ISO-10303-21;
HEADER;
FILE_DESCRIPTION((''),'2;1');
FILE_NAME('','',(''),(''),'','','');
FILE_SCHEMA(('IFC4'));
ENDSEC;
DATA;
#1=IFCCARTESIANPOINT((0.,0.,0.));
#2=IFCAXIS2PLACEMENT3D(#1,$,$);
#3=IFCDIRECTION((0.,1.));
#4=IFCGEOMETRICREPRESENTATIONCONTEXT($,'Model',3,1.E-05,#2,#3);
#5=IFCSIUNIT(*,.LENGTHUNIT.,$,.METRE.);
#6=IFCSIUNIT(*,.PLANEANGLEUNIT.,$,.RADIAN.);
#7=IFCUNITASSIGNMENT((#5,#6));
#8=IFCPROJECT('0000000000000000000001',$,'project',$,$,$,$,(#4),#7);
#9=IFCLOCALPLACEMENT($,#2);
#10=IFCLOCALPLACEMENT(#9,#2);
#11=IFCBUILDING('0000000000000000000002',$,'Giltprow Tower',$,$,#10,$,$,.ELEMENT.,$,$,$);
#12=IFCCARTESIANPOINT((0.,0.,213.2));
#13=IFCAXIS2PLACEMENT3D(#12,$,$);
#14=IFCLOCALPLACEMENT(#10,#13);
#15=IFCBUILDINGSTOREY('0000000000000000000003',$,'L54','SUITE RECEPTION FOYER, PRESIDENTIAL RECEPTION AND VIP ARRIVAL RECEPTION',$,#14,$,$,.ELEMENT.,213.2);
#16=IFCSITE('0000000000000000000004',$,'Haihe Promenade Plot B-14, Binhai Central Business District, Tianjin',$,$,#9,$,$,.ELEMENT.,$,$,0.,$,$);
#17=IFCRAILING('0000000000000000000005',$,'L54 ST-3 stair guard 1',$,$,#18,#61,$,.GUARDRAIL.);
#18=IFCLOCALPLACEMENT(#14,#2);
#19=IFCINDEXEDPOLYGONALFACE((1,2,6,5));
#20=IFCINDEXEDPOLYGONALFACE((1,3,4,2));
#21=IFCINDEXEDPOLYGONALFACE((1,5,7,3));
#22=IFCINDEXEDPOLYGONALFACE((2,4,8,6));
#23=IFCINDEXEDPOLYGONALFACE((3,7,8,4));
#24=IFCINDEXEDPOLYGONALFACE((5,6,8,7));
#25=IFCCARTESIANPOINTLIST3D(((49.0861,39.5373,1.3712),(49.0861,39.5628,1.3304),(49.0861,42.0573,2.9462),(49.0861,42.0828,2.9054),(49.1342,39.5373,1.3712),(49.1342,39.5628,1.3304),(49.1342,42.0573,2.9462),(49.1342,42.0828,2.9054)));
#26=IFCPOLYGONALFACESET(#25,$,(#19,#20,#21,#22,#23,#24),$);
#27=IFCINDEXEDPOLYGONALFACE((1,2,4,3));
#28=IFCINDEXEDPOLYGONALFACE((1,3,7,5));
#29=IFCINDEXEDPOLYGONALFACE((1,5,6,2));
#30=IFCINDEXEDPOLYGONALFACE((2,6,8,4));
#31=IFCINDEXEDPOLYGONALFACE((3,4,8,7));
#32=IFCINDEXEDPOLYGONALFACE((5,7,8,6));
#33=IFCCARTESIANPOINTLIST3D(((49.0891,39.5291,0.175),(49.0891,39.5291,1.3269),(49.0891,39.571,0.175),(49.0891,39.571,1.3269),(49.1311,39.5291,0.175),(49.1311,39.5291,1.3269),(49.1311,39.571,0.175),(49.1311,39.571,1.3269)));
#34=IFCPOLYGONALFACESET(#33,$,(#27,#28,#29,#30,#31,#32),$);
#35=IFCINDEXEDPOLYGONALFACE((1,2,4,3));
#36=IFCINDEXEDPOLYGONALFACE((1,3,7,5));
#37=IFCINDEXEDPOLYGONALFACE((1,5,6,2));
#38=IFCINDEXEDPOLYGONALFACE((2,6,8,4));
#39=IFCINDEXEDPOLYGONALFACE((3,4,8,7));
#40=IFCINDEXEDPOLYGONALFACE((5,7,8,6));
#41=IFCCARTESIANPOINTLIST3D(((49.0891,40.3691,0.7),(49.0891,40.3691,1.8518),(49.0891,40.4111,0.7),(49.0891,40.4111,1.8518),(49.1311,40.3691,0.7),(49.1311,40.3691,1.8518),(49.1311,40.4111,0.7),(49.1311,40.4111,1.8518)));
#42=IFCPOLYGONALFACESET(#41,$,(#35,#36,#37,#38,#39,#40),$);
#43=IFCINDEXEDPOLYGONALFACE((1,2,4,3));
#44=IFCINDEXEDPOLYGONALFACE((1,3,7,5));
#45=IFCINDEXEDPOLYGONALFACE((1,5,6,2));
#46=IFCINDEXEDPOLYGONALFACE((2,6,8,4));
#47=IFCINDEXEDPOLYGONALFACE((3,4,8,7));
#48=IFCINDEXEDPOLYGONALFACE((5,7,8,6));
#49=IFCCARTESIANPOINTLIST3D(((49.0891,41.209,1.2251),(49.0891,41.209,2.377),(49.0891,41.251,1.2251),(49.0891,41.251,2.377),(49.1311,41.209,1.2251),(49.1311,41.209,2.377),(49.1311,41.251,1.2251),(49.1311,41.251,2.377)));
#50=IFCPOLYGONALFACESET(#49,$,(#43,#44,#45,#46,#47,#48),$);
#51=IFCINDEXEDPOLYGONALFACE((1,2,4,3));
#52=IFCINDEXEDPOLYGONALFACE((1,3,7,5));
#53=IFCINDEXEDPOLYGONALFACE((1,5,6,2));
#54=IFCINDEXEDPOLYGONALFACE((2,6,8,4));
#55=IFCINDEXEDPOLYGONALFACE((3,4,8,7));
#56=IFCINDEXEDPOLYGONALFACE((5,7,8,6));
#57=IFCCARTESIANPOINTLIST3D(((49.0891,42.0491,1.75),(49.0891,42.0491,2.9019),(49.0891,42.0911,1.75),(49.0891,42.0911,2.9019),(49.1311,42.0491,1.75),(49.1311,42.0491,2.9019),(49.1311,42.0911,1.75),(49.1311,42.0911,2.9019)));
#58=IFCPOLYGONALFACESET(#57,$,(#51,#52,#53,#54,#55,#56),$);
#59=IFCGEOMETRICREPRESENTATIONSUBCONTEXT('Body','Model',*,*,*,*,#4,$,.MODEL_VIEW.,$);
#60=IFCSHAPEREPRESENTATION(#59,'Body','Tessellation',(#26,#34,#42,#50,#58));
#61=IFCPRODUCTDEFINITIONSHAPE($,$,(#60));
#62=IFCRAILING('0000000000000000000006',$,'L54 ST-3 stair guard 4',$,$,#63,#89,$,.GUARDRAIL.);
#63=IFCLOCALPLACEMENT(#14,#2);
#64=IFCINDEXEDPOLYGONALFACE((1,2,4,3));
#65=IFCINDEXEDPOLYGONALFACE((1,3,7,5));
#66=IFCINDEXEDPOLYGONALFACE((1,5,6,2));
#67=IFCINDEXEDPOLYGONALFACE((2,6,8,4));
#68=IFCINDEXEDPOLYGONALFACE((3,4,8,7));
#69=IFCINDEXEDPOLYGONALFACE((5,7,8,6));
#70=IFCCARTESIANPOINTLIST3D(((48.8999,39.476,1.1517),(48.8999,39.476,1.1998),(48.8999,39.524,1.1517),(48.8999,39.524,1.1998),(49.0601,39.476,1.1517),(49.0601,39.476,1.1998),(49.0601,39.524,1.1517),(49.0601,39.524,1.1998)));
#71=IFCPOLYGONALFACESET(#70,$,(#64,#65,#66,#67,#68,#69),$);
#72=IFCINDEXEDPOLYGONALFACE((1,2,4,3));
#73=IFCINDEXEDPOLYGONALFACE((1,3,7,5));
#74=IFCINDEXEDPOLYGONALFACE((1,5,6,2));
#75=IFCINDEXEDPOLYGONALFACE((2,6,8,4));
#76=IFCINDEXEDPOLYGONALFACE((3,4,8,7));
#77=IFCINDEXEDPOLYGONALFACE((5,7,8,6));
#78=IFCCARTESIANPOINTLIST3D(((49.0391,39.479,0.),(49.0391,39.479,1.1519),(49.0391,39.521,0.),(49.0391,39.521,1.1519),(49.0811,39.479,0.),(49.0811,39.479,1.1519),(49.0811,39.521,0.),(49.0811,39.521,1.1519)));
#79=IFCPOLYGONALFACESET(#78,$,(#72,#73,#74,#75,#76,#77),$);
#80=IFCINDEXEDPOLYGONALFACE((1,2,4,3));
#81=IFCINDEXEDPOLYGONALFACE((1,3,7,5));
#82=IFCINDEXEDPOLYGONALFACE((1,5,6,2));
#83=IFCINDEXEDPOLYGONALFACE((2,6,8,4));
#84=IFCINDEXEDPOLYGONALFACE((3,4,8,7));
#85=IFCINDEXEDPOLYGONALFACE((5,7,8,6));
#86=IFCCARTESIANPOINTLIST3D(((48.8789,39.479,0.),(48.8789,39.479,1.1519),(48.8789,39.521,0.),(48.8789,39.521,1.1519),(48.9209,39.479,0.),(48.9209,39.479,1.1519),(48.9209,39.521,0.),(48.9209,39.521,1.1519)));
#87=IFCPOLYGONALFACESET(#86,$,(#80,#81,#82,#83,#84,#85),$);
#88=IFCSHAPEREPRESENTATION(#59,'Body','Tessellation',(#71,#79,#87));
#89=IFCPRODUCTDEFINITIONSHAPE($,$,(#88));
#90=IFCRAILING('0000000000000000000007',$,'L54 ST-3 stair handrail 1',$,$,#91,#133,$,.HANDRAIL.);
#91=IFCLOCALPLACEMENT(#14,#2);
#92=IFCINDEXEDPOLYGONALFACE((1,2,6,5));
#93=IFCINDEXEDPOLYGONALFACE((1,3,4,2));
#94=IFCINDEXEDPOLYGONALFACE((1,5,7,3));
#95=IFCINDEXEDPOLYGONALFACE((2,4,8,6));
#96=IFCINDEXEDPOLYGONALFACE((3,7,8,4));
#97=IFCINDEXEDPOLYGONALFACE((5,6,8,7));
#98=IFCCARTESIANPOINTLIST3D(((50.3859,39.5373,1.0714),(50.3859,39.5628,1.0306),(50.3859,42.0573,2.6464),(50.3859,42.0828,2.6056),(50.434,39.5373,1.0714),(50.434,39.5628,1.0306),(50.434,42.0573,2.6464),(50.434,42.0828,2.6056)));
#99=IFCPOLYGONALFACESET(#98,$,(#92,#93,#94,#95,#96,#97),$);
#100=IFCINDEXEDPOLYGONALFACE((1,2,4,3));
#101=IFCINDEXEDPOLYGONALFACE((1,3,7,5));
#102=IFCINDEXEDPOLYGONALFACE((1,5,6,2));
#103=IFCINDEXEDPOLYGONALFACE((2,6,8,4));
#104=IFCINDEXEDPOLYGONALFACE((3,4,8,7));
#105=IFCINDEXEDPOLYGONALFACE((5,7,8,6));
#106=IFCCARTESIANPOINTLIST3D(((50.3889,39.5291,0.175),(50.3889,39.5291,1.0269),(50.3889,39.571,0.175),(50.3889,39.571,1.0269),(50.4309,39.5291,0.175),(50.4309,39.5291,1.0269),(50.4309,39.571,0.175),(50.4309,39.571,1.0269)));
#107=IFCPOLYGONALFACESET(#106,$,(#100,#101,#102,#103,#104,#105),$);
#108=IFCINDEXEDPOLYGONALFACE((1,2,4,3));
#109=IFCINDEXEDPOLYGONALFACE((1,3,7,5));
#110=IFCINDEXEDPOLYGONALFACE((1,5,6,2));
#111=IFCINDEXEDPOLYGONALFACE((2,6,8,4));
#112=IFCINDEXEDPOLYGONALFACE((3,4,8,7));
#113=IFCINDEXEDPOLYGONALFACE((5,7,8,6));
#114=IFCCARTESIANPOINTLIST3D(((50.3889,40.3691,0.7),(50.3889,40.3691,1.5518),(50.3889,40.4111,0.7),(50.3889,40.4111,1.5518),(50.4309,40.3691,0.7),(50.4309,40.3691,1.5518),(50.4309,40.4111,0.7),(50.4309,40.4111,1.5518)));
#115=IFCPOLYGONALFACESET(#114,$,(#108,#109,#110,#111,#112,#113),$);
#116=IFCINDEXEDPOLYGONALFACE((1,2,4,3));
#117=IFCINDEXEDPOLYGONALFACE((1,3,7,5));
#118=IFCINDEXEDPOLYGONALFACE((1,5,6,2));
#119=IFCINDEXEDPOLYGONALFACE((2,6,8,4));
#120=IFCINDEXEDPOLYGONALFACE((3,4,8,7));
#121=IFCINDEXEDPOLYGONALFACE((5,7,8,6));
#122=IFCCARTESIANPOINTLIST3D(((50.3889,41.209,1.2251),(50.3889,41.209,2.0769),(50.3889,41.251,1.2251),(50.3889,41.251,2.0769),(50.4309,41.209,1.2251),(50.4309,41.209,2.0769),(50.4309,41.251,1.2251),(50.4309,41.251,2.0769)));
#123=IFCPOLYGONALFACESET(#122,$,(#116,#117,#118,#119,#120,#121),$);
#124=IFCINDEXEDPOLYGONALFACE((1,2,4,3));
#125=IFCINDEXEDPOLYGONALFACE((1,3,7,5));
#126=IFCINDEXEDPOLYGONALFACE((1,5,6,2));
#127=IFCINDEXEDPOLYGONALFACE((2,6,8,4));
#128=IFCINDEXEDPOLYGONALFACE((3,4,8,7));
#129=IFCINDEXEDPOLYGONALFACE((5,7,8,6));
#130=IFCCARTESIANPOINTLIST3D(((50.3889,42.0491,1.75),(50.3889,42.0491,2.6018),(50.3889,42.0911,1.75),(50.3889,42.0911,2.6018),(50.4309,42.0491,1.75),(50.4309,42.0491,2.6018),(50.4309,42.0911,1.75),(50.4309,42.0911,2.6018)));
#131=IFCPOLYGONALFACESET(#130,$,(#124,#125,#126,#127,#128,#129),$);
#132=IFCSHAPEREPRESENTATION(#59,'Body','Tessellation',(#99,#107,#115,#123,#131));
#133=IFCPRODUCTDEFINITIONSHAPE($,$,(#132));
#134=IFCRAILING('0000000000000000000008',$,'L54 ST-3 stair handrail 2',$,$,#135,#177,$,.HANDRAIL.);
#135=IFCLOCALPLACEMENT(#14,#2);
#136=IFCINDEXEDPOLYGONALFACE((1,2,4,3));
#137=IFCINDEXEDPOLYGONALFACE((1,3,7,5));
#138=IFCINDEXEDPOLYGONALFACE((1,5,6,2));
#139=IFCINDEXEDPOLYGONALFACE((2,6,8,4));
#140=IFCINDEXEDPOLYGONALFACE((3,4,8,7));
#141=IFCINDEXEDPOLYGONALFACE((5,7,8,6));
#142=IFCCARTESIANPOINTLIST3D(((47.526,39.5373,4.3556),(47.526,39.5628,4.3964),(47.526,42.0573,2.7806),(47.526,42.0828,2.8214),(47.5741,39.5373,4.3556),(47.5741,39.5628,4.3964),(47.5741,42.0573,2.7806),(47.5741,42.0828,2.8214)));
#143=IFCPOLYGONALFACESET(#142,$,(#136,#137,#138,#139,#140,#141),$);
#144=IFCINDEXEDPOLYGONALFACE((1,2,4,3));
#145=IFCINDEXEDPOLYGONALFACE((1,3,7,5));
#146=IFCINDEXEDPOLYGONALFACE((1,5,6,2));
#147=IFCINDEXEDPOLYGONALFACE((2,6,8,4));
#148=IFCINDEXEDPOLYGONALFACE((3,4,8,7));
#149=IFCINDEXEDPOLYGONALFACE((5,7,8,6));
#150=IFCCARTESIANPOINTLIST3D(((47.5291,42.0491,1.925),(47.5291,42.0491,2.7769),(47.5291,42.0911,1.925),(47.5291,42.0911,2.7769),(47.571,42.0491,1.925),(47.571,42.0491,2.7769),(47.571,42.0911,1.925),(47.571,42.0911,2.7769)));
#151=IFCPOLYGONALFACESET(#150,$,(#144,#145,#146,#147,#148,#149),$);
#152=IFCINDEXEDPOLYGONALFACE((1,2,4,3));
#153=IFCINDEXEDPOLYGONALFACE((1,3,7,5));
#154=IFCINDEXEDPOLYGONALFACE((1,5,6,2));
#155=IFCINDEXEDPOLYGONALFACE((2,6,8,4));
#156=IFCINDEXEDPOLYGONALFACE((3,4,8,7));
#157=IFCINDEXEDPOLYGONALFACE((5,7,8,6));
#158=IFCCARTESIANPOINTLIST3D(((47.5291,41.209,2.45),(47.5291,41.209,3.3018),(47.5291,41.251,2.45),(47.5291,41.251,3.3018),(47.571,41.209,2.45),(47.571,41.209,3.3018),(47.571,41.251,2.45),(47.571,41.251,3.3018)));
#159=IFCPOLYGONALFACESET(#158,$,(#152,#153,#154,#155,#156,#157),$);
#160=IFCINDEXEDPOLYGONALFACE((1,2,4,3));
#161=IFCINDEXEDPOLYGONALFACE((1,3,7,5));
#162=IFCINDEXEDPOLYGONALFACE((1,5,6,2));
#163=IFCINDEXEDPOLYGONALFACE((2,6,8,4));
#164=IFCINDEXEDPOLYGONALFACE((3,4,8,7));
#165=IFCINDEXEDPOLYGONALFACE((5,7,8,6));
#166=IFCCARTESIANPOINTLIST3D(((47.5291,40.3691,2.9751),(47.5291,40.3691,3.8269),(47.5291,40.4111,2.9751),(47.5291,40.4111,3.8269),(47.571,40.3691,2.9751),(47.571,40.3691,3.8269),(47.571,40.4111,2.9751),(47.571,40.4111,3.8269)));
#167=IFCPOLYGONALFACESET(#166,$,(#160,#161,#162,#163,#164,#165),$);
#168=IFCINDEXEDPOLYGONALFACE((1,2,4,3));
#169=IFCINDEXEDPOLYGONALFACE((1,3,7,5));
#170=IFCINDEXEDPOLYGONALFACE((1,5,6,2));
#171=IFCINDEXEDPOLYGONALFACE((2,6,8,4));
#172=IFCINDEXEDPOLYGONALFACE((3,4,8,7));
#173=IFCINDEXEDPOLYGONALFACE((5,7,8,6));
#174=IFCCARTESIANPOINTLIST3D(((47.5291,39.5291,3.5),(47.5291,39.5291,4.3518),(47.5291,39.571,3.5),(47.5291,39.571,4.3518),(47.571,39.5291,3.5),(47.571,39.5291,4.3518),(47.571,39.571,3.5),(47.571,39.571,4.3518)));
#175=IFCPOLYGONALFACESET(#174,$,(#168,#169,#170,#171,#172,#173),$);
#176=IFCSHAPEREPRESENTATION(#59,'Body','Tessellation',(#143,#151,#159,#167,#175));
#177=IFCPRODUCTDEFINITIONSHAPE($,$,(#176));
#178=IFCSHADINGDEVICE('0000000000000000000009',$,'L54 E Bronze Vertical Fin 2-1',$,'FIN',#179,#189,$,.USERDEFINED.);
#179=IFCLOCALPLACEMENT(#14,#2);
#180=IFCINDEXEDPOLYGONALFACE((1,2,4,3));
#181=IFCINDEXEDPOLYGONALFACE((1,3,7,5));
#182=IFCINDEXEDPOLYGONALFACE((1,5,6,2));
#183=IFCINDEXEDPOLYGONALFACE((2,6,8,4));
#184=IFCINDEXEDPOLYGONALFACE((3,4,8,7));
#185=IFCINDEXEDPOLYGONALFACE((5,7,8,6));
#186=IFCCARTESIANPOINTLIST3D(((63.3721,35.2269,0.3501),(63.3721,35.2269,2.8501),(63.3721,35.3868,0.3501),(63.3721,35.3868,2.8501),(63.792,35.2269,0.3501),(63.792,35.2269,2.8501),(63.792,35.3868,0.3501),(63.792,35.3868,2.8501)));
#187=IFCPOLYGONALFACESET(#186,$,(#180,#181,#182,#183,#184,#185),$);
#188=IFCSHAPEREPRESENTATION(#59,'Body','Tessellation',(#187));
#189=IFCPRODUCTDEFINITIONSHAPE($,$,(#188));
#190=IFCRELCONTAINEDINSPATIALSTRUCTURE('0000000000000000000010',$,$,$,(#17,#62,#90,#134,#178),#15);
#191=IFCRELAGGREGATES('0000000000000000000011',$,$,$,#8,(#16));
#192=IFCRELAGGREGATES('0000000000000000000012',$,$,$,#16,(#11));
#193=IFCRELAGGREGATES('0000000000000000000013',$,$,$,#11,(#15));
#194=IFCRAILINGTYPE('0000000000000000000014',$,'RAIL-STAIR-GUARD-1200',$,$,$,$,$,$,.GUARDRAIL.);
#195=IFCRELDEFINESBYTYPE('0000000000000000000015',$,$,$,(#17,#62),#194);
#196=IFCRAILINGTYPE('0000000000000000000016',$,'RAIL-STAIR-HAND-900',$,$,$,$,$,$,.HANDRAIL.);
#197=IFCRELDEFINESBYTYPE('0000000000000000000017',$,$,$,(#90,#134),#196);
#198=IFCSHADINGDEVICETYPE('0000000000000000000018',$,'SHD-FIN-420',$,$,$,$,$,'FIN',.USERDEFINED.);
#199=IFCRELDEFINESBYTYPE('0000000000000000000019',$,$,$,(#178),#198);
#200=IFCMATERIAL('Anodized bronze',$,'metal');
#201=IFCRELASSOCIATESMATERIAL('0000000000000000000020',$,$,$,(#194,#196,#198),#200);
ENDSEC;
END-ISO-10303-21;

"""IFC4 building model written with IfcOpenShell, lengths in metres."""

from ifc_helpers import new_model, si_unit, direction, frame, origin, origin_2d, place, context, subcontext, project, spatial, rectangle, extrude, source, transform, mapped, material, type_object, element, save


model = new_model("IFC4")

# Units and contexts
model_context = context("Model", 3, precision=1e-05, world=origin(), true_north=direction((0.0, 1.0)))
body_context = subcontext(model_context, "Body", "Model", "MODEL_VIEW")
ifc_project = project(units=[si_unit("LENGTHUNIT", "METRE"), si_unit("PLANEANGLEUNIT", "RADIAN")], contexts=[model_context])

# Site, building, storey
site_placement = place(None, origin())
site = spatial("IfcSite", under=ifc_project, at=site_placement, Name="Haihe Promenade Plot B-14, Binhai Central Business District, Tianjin", CompositionType="ELEMENT", RefElevation=0.0)
building_placement = place(site_placement, origin())
building = spatial("IfcBuilding", under=site, at=building_placement, Name="Giltprow Tower", CompositionType="ELEMENT")
storey_placement = place(building_placement, frame((0.0, 0.0, 213.2)))
storey = spatial("IfcBuildingStorey", under=building, at=storey_placement, Name="L54", Description="SUITE RECEPTION FOYER, PRESIDENTIAL RECEPTION AND VIP ARRIVAL RECEPTION", CompositionType="ELEMENT", Elevation=213.2)

# Railings
ifc_material_1 = material(Name="Anodized bronze", Category="metal")
railing_type_1 = type_object("IfcRailingType", Name="RAIL-STAIR-GUARD-1200", PredefinedType="GUARDRAIL", material=ifc_material_1)
railing_1_placement = place(storey_placement, frame((49.1101, 39.55, 0.175)))
element("IfcRailing", 1, at=railing_1_placement, inside=storey, type_object=railing_type_1, Name="L54 ST-3 stair guard 1", PredefinedType="GUARDRAIL", context=body_context, shape_type="SweptSolid", body=[
    extrude(rectangle(XDim=0.0481, YDim=0.0481, at=origin_2d()), frame((0.0, 0.0, 1.1758), z_axis=(0.0, 0.848008, 0.529984), x_axis=(-1.0, 0.0, 0.0)), (0.0, 0.0, 1.0), 2.9717),
    extrude(rectangle(XDim=0.042, YDim=0.042, at=origin_2d()), origin(), (0.0, 0.0, 1.0), 1.1519),
    extrude(rectangle(XDim=0.042, YDim=0.042, at=origin_2d()), frame((0.0, 0.8401, 0.5249)), (0.0, 0.0, 1.0), 1.1519),
    extrude(rectangle(XDim=0.042, YDim=0.042, at=origin_2d()), frame((0.0, 1.6799, 1.05)), (0.0, 0.0, 1.0), 1.1519),
    extrude(rectangle(XDim=0.042, YDim=0.042, at=origin_2d()), frame((0.0, 2.52, 1.575)), (0.0, 0.0, 1.0), 1.1519),
])
railing_2_placement = place(storey_placement, frame((49.0601, 39.5, 0.0)))
element("IfcRailing", 2, at=railing_2_placement, inside=storey, type_object=railing_type_1, Name="L54 ST-3 stair guard 4", PredefinedType="GUARDRAIL", context=body_context, shape_type="SweptSolid", body=[
    extrude(rectangle(XDim=0.0481, YDim=0.0481, at=origin_2d()), frame((0.0, 0.0, 1.1758), z_axis=(-1.0, 0.0, 0.0), x_axis=(0.0, -1.0, 0.0)), (0.0, 0.0, 1.0), 0.1602),
    extrude(rectangle(XDim=0.042, YDim=0.042, at=origin_2d()), origin(), (0.0, 0.0, 1.0), 1.1519),
    extrude(rectangle(XDim=0.042, YDim=0.042, at=origin_2d()), frame((-0.1602, 0.0, 0.0)), (0.0, 0.0, 1.0), 1.1519),
])
railing_type_2 = type_object("IfcRailingType", Name="RAIL-STAIR-HAND-900", PredefinedType="HANDRAIL", material=ifc_material_1)
railing_3_placement = place(storey_placement, frame((50.4099, 39.55, 0.175)))
element("IfcRailing", 3, at=railing_3_placement, inside=storey, type_object=railing_type_2, Name="L54 ST-3 stair handrail 1", PredefinedType="HANDRAIL", context=body_context, shape_type="SweptSolid", body=[
    extrude(rectangle(XDim=0.0481, YDim=0.0481, at=origin_2d()), frame((0.0, 0.0, 0.876), z_axis=(0.0, 0.848008, 0.529984), x_axis=(-1.0, 0.0, 0.0)), (0.0, 0.0, 1.0), 2.9717),
    extrude(rectangle(XDim=0.042, YDim=0.042, at=origin_2d()), origin(), (0.0, 0.0, 1.0), 0.8518),
    extrude(rectangle(XDim=0.042, YDim=0.042, at=origin_2d()), frame((0.0, 0.8401, 0.5249)), (0.0, 0.0, 1.0), 0.8518),
    extrude(rectangle(XDim=0.042, YDim=0.042, at=origin_2d()), frame((0.0, 1.6799, 1.05)), (0.0, 0.0, 1.0), 0.8518),
    extrude(rectangle(XDim=0.042, YDim=0.042, at=origin_2d()), frame((0.0, 2.52, 1.575)), (0.0, 0.0, 1.0), 0.8518),
])
railing_4_placement = place(storey_placement, frame((47.55, 42.0701, 1.925)))
element("IfcRailing", 4, at=railing_4_placement, inside=storey, type_object=railing_type_2, Name="L54 ST-3 stair handrail 2", PredefinedType="HANDRAIL", context=body_context, shape_type="SweptSolid", body=[
    extrude(rectangle(XDim=0.0481, YDim=0.0481, at=origin_2d()), frame((0.0, 0.0, 0.876), z_axis=(0.0, -0.848008, 0.529984), x_axis=(1.0, 0.0, 0.0)), (0.0, 0.0, 1.0), 2.9717),
    extrude(rectangle(XDim=0.042, YDim=0.042, at=origin_2d()), origin(), (0.0, 0.0, 1.0), 0.8518),
    extrude(rectangle(XDim=0.042, YDim=0.042, at=origin_2d()), frame((0.0, -0.8401, 0.5249)), (0.0, 0.0, 1.0), 0.8518),
    extrude(rectangle(XDim=0.042, YDim=0.042, at=origin_2d()), frame((0.0, -1.6799, 1.05)), (0.0, 0.0, 1.0), 0.8518),
    extrude(rectangle(XDim=0.042, YDim=0.042, at=origin_2d()), frame((0.0, -2.52, 1.575)), (0.0, 0.0, 1.0), 0.8518),
])

# Shading device
shading_device_type = type_object("IfcShadingDeviceType", Name="SHD-FIN-420", ElementType="FIN", PredefinedType="USERDEFINED", material=ifc_material_1)
shared_shape_1 = source(origin(), body_context, "Body", "SweptSolid", [
    extrude(rectangle(XDim=0.4199, YDim=0.1599, at=origin_2d()), origin(), (0.0, 0.0, 1.0), 2.5),
])
shading_device_placement = place(storey_placement, frame((63.582, 35.3069, 0.3501), z_axis=(0.0, 0.0, 1.0), x_axis=(1.0, 0.0, 0.0)))
element("IfcShadingDevice", 5, at=shading_device_placement, inside=storey, type_object=shading_device_type, Name="L54 E Bronze Vertical Fin 2-1", ObjectType="FIN", PredefinedType="USERDEFINED", context=body_context, shape_type="MappedRepresentation", body=[
    mapped(shared_shape_1, transform((0.0, 0.0, 0.0), x_axis=(1.0, 0.0, 0.0), y_axis=(0.0, 1.0, 0.0), z_axis=(0.0, 0.0, 1.0), scale=1.0)),
])

save(model, "model.ifc")
